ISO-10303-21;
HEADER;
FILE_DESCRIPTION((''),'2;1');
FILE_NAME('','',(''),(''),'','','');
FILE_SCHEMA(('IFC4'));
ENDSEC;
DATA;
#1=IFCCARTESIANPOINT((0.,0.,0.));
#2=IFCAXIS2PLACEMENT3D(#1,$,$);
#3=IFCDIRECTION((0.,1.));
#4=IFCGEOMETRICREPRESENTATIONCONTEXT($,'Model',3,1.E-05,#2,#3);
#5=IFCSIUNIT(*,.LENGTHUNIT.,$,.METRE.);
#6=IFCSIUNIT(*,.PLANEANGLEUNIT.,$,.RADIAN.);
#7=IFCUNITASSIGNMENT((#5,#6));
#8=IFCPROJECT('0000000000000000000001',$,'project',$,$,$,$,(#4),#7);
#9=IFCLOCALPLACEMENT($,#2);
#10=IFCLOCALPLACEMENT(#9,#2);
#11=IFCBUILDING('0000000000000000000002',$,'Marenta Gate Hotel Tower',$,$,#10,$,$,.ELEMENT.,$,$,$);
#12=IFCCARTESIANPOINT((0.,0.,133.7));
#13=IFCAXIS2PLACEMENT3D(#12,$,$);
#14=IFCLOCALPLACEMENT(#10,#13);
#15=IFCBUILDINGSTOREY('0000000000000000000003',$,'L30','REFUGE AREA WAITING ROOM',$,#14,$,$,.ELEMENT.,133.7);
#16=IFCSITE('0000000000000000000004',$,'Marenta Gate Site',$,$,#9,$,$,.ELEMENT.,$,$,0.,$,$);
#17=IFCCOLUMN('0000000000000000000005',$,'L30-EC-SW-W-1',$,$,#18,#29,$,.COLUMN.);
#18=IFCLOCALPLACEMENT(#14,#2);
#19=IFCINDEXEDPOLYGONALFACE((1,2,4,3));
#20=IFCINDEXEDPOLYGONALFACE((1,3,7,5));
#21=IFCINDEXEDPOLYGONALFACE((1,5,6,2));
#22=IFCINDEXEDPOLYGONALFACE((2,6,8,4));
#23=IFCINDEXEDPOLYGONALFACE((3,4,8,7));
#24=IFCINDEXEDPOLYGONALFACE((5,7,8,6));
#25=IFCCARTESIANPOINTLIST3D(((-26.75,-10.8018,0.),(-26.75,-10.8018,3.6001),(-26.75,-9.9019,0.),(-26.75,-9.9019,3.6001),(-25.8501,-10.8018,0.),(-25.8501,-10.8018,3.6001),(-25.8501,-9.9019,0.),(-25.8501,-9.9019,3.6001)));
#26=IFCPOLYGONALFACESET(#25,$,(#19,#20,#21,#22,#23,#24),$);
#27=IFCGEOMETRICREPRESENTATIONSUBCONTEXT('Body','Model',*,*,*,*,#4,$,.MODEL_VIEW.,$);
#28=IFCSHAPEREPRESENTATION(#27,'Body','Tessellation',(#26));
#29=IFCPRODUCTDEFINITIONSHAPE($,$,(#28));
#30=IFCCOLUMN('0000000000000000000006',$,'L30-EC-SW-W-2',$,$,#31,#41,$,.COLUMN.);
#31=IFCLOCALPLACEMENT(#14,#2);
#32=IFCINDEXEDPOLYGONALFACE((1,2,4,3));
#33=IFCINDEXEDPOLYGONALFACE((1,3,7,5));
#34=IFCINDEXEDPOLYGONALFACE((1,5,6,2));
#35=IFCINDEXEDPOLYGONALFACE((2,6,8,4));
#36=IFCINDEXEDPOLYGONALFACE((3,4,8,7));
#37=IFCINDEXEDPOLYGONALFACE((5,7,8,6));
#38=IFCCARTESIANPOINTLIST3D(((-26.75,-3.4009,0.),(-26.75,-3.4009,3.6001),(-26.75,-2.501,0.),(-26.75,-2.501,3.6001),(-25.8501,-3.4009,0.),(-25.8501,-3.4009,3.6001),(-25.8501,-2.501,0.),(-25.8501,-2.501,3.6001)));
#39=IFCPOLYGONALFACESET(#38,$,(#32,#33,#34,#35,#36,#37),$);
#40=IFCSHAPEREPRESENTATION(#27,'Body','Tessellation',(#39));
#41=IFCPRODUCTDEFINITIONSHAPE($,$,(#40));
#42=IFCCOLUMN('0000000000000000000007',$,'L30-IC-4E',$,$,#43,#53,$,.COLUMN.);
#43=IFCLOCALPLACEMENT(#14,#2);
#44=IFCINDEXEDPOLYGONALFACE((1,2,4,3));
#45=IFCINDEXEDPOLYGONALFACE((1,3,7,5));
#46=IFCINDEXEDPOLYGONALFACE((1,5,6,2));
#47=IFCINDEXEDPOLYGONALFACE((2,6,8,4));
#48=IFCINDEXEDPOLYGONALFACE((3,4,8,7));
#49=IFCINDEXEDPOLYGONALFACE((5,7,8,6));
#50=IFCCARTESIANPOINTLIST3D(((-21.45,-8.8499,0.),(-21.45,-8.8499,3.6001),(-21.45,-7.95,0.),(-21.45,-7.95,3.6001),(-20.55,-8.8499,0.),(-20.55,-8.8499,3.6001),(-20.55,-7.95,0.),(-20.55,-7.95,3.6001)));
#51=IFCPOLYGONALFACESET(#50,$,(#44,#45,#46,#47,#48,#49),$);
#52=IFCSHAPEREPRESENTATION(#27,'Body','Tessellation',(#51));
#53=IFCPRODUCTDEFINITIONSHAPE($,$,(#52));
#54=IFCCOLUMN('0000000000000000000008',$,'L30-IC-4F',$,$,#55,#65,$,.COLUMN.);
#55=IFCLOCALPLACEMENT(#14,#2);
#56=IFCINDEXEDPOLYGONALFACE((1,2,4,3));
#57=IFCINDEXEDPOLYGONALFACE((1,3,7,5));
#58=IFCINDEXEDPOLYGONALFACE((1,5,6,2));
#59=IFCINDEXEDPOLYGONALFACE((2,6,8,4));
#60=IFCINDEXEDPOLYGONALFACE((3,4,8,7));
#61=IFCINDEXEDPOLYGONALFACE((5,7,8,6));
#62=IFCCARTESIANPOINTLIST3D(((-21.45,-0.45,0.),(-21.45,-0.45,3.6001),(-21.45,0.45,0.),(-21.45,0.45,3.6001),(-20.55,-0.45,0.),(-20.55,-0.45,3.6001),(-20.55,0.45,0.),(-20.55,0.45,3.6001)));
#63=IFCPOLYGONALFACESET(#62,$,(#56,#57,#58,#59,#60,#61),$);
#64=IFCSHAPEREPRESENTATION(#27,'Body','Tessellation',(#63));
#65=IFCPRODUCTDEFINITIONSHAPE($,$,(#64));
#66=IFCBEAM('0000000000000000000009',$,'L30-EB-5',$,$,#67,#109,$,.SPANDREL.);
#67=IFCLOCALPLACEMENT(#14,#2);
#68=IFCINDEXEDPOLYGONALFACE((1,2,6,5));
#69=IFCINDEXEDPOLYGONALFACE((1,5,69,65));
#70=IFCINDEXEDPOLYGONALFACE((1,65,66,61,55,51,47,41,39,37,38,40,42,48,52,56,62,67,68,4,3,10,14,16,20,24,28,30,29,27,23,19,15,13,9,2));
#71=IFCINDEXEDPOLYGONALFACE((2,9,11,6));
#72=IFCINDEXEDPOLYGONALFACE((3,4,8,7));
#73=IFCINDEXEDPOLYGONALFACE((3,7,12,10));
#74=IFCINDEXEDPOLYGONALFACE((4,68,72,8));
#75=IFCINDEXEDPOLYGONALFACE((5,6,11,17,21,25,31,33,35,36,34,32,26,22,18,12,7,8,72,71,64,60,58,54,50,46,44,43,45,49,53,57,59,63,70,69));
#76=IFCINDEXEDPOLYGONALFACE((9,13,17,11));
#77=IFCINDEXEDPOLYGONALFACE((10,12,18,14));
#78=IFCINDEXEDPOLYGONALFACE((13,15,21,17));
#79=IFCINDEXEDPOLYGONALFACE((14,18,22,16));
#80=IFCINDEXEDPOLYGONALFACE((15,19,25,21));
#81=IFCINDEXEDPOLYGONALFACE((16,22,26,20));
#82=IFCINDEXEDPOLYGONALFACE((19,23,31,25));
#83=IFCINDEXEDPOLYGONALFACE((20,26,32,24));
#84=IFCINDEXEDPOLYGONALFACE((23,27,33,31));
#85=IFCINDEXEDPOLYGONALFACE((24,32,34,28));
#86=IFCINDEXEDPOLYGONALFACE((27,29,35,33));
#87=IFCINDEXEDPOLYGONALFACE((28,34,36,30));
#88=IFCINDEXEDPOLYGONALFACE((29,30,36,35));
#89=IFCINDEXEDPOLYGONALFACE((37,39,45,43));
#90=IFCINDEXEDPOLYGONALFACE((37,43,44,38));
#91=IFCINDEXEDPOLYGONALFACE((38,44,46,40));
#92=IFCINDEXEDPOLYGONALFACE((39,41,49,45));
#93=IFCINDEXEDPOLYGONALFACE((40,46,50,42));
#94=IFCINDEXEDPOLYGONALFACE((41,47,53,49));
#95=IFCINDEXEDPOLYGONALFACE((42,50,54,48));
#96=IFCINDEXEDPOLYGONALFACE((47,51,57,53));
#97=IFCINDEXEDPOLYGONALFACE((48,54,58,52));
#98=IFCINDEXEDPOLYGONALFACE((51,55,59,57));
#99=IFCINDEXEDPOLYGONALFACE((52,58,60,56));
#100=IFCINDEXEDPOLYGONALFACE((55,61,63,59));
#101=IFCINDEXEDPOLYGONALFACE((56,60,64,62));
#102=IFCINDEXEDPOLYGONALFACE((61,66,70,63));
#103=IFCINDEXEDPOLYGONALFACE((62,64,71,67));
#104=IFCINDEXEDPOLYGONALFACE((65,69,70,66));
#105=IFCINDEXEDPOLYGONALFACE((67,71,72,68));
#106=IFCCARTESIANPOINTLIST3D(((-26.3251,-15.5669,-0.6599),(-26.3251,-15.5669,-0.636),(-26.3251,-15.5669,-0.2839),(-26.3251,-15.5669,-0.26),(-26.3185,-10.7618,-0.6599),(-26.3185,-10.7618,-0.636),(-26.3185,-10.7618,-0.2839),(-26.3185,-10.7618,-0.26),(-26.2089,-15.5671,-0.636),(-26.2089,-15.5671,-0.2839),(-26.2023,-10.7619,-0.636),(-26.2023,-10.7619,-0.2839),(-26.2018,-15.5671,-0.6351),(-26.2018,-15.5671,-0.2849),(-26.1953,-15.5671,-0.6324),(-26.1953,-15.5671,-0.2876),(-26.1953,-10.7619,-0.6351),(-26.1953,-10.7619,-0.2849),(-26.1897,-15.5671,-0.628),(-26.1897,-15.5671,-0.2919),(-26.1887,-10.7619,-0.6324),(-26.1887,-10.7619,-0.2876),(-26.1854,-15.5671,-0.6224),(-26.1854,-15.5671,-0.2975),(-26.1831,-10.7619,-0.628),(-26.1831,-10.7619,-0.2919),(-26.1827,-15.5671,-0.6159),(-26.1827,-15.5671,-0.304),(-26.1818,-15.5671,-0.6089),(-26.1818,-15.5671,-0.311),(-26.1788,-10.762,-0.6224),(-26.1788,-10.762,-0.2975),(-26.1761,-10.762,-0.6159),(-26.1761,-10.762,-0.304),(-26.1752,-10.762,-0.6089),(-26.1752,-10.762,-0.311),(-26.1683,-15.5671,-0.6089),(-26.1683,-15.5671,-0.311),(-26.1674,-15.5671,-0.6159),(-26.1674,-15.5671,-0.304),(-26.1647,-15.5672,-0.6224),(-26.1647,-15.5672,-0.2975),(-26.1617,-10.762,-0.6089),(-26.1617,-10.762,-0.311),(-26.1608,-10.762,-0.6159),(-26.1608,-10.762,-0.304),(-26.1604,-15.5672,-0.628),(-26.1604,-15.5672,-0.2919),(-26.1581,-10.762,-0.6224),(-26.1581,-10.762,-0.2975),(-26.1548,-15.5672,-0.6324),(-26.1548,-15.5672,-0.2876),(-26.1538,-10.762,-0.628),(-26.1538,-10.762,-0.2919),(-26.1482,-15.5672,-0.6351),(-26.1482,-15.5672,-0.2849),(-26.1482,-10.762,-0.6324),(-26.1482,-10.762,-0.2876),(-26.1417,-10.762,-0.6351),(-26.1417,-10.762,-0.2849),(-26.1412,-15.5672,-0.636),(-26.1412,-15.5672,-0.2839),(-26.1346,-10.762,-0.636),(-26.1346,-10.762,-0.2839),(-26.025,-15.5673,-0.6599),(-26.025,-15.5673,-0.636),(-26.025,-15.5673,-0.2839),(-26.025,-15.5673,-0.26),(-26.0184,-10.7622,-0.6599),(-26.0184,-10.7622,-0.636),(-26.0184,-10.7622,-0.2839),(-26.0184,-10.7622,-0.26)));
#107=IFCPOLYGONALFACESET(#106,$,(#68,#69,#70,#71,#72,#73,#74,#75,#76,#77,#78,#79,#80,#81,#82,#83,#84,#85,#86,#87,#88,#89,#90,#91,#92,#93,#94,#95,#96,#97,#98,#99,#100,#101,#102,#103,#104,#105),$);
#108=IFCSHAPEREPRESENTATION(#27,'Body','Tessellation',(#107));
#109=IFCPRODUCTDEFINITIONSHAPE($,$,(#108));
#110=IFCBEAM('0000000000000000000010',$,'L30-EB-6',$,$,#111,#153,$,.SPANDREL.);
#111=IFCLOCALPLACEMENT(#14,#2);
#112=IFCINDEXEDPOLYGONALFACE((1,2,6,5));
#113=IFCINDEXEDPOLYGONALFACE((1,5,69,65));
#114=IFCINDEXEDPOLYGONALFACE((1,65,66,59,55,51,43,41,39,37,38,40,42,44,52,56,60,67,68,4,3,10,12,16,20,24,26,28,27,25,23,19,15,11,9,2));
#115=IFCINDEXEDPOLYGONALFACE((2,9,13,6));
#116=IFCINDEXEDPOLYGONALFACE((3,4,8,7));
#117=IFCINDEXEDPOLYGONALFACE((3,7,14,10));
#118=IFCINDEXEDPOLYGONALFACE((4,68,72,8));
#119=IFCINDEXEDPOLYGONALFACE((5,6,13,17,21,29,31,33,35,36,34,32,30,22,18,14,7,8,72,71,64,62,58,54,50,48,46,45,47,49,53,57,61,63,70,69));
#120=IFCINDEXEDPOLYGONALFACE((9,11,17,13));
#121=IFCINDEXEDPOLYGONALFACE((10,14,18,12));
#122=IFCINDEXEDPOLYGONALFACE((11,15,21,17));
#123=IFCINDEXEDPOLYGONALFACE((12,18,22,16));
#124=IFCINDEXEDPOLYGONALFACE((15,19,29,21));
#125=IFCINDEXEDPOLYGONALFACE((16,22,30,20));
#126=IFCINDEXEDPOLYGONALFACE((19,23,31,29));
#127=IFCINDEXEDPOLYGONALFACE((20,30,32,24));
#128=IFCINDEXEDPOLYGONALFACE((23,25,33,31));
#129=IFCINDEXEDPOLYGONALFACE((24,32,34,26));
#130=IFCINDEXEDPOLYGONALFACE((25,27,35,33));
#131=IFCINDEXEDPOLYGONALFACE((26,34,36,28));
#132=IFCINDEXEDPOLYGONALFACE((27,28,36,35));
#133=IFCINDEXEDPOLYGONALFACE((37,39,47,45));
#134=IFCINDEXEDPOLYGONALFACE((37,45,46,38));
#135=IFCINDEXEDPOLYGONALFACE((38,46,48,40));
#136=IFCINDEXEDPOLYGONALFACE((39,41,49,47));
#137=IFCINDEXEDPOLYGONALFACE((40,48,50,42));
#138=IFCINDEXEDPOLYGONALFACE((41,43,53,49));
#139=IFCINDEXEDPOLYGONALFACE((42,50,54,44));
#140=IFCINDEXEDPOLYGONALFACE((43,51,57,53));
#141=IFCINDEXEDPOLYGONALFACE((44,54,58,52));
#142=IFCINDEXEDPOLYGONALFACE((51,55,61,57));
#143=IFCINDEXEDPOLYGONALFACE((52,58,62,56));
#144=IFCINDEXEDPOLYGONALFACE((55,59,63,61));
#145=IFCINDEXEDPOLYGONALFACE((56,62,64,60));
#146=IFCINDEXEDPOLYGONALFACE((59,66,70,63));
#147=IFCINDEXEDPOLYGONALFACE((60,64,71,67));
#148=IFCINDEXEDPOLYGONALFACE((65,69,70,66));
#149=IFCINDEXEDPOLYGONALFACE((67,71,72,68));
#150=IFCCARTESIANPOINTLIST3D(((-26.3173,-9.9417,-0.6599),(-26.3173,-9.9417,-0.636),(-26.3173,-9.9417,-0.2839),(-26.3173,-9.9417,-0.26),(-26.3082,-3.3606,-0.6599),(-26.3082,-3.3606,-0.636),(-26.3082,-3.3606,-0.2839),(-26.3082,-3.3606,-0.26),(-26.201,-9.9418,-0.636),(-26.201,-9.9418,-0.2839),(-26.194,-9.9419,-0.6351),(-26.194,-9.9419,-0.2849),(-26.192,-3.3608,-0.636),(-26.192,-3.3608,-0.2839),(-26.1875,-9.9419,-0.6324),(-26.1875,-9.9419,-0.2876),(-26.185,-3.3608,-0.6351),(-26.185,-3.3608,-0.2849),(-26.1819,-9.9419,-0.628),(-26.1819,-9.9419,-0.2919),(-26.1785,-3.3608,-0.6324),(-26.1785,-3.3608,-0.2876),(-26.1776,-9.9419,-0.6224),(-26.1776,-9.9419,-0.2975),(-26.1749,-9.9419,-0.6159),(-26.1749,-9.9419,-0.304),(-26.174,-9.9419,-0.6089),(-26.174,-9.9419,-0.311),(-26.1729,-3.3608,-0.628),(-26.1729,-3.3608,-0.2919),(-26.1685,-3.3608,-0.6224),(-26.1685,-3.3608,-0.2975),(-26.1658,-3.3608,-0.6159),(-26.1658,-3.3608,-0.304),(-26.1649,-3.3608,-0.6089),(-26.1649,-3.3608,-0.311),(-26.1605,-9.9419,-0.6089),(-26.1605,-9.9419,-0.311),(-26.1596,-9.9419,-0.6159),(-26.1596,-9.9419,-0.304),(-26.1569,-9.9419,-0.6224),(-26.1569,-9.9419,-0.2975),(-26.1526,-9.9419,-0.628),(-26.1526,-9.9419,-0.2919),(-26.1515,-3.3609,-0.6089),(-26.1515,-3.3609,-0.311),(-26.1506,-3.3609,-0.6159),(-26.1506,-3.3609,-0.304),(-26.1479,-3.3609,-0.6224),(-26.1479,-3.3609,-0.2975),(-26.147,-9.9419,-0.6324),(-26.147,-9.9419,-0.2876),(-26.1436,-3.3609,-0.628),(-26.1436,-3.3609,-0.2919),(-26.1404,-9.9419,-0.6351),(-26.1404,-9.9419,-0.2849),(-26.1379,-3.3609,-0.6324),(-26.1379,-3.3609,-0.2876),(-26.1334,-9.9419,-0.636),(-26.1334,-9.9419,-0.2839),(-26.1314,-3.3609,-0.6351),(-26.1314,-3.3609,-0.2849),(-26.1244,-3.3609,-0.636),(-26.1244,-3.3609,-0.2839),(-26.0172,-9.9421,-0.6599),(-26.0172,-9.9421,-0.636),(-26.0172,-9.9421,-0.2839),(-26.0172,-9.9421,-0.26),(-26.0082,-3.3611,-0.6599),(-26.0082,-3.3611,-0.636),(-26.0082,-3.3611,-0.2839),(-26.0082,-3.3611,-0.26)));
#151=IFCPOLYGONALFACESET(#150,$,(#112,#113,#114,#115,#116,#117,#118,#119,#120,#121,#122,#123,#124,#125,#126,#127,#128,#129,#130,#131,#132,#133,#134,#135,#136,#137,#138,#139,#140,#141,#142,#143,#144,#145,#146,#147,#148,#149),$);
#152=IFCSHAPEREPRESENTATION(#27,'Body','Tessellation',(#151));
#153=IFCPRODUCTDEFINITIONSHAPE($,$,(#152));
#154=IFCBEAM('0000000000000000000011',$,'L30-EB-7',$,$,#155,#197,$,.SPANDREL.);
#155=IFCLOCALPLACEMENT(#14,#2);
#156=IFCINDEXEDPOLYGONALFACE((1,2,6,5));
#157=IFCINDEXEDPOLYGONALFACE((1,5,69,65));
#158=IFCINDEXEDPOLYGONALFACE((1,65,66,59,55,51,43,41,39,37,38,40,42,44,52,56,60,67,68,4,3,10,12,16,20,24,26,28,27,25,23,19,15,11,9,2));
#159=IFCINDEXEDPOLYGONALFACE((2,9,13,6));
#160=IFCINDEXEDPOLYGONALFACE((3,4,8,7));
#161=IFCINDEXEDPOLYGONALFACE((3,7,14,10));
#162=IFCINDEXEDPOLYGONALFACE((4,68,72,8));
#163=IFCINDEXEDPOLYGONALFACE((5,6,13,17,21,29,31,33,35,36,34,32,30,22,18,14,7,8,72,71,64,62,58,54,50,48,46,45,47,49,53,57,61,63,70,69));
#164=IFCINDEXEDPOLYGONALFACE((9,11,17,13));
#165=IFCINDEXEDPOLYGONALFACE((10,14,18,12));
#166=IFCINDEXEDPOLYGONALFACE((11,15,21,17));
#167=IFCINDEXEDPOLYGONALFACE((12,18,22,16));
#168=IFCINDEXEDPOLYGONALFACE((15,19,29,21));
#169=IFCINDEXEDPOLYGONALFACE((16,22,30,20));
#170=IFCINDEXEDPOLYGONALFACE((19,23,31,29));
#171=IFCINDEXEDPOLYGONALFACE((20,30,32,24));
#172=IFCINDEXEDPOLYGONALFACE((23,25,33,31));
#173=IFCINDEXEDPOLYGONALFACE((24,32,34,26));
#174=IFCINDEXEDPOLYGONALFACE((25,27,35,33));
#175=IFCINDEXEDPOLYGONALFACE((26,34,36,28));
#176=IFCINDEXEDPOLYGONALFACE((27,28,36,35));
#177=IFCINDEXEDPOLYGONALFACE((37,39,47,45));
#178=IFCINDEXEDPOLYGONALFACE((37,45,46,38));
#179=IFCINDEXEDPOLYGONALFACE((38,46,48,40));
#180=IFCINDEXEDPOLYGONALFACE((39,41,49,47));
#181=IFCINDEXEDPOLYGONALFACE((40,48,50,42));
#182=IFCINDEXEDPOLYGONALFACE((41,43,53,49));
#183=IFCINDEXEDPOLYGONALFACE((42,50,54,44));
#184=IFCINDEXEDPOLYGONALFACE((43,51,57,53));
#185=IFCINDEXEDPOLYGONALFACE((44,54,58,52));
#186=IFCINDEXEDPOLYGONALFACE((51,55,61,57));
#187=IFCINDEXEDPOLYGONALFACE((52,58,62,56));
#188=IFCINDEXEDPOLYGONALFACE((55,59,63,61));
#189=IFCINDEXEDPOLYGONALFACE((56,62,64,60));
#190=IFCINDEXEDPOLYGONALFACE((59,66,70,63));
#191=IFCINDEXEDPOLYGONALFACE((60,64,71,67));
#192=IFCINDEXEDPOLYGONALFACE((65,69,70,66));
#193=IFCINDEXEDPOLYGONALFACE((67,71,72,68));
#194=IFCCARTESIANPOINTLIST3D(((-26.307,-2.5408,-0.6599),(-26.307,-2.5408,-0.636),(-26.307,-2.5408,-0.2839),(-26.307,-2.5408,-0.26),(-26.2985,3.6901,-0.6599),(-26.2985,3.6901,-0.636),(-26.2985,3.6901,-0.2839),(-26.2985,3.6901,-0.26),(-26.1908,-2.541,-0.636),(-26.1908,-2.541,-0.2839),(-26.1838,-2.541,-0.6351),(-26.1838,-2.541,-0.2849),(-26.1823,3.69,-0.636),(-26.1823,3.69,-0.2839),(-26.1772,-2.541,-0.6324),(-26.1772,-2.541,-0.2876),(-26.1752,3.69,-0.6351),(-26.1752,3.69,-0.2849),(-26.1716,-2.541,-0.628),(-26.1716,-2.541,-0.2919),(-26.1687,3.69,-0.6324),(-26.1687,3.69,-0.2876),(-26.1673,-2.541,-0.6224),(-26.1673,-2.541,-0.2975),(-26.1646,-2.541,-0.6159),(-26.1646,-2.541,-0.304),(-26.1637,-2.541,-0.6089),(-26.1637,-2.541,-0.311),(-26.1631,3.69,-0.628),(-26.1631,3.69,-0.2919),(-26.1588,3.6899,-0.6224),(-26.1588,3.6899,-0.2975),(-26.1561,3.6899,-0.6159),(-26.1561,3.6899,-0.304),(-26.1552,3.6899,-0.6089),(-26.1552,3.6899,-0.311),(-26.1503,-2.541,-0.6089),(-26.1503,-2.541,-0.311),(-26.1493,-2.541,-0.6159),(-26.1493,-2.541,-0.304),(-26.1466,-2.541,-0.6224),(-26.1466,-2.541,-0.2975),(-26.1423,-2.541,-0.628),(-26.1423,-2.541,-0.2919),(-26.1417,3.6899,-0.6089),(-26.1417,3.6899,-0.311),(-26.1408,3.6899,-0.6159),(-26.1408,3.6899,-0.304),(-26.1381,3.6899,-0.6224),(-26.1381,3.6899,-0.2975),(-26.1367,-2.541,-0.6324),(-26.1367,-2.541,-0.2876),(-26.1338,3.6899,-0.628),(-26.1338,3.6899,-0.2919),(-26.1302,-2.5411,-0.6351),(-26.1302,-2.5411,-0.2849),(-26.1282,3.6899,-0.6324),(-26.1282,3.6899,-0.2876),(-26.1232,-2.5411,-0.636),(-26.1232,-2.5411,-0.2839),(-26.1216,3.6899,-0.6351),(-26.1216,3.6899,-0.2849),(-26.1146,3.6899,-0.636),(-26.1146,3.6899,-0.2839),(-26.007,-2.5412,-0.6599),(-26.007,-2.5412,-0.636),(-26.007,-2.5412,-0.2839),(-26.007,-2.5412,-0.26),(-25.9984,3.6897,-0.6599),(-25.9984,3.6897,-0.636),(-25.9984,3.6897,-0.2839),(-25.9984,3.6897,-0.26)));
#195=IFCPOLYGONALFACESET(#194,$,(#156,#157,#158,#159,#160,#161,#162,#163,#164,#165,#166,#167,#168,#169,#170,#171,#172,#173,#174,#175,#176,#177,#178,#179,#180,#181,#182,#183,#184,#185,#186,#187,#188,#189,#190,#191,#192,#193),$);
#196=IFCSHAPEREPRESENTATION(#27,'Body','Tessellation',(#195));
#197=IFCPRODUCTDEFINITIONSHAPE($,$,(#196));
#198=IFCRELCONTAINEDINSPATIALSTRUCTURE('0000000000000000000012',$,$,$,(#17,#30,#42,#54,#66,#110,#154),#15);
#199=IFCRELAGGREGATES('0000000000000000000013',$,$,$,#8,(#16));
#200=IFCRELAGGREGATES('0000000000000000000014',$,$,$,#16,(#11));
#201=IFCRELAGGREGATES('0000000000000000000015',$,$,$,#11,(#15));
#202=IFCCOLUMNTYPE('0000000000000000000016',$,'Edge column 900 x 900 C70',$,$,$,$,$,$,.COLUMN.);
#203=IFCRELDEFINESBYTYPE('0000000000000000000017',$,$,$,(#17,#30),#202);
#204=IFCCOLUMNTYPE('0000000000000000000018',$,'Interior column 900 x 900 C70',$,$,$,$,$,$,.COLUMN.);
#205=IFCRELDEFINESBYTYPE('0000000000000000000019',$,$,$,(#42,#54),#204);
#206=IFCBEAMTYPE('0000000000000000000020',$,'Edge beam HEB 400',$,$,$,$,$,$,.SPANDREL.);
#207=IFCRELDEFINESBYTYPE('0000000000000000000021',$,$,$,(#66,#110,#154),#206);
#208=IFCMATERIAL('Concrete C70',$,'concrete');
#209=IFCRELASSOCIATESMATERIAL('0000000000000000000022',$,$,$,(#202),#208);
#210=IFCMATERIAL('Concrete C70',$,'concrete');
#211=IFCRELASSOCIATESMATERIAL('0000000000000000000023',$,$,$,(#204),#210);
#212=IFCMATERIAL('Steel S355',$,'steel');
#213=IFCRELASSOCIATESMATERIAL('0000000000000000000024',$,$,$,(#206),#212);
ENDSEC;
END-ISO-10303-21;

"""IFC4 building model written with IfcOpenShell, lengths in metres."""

from ifc_helpers import new_model, si_unit, direction, frame, origin, origin_2d, place, context, subcontext, project, spatial, rectangle, i_section, extrude, material, material_profile, profile_set, type_object, element, save


model = new_model("IFC4")

# Units and contexts
model_context = context("Model", 3, precision=1e-05, world=origin(), true_north=direction((0.0, 1.0)))
body_context = subcontext(model_context, "Body", "Model", "MODEL_VIEW")
ifc_project = project(units=[si_unit("LENGTHUNIT", "METRE"), si_unit("PLANEANGLEUNIT", "RADIAN")], contexts=[model_context])

# Site, building, storey
site_placement = place(None, origin())
site = spatial("IfcSite", under=ifc_project, at=site_placement, Name="Marenta Gate Site", CompositionType="ELEMENT", RefElevation=0.0)
building_placement = place(site_placement, origin())
building = spatial("IfcBuilding", under=site, at=building_placement, Name="Marenta Gate Hotel Tower", CompositionType="ELEMENT")
storey_placement = place(building_placement, frame((0.0, 0.0, 133.7)))
storey = spatial("IfcBuildingStorey", under=building, at=storey_placement, Name="L30", Description="REFUGE AREA WAITING ROOM", CompositionType="ELEMENT", Elevation=133.7)

# Columns
ifc_material_1 = material(Name="Concrete C70", Category="concrete")
ifc_material_profile_1 = material_profile(ifc_material_1, rectangle(XDim=0.8999, YDim=0.8999, at=origin_2d()), Name="900 x 900")
ifc_profile_set_1 = profile_set([ifc_material_profile_1], Name="Concrete C70")
column_type_1 = type_object("IfcColumnType", Name="Edge column 900 x 900 C70", PredefinedType="COLUMN", material=ifc_profile_set_1)
for number, where, z_axis, x_axis, name in (
    (1, (-26.3, -10.3518, 0.0), (0.0, 0.0, 1.0), (1.0, 0.0, 0.0), "L30-EC-SW-W-1"),
    (2, (-26.3, -2.9509, 0.0), (0.0, 0.0, 1.0), (1.0, 0.0, 0.0), "L30-EC-SW-W-2"),
):
    element("IfcColumn", number, at=place(storey_placement, frame(where, z_axis=z_axis, x_axis=x_axis)), inside=storey, type_object=column_type_1, Name=name, PredefinedType="COLUMN", context=body_context, shape_type="SweptSolid", body=[
        extrude(rectangle(XDim=0.8999, YDim=0.8999, at=origin_2d()), origin(), (0.0, 0.0, 1.0), 3.6001),
    ])
ifc_material_2 = material(Name="Concrete C70", Category="concrete")
ifc_material_profile_2 = material_profile(ifc_material_2, rectangle(XDim=0.8999, YDim=0.8999, at=origin_2d()), Name="900 x 900")
ifc_profile_set_2 = profile_set([ifc_material_profile_2], Name="Concrete C70")
column_type_2 = type_object("IfcColumnType", Name="Interior column 900 x 900 C70", PredefinedType="COLUMN", material=ifc_profile_set_2)
for number, where, z_axis, x_axis, name in (
    (3, (-21.0, -8.3999, 0.0), (0.0, 0.0, 1.0), (1.0, 0.0, 0.0), "L30-IC-4E"),
    (4, (-21.0, 0.0, 0.0), (0.0, 0.0, 1.0), (1.0, 0.0, 0.0), "L30-IC-4F"),
):
    element("IfcColumn", number, at=place(storey_placement, frame(where, z_axis=z_axis, x_axis=x_axis)), inside=storey, type_object=column_type_2, Name=name, PredefinedType="COLUMN", context=body_context, shape_type="SweptSolid", body=[
        extrude(rectangle(XDim=0.8999, YDim=0.8999, at=origin_2d()), origin(), (0.0, 0.0, 1.0), 3.6001),
    ])

# Beams
ifc_material_3 = material(Name="Steel S355", Category="steel")
ifc_material_profile_3 = material_profile(ifc_material_3, i_section(OverallWidth=0.3, OverallDepth=0.3999, WebThickness=0.0134, FlangeThickness=0.0239, FilletRadius=0.0271, at=origin_2d()), Name="HEB 400")
ifc_profile_set_3 = profile_set([ifc_material_profile_3], Name="Steel S355")
beam_type_1 = type_object("IfcBeamType", Name="Edge beam HEB 400", PredefinedType="SPANDREL", material=ifc_profile_set_3)
beam_1_placement = place(storey_placement, frame((-26.175, -15.5671, -0.46), z_axis=(0.001372, 0.999999, 0.0), x_axis=(-0.999999, 0.001372, 0.0)))
element("IfcBeam", 5, at=beam_1_placement, inside=storey, type_object=beam_type_1, Name="L30-EB-5", PredefinedType="SPANDREL", context=body_context, shape_type="SweptSolid", body=[
    extrude(i_section(OverallWidth=0.3, OverallDepth=0.3999, WebThickness=0.0134, FlangeThickness=0.0239, FilletRadius=0.0271, at=origin_2d()), origin(), (0.0, 0.0, 1.0), 4.8052),
])
beam_2_placement = place(storey_placement, frame((-26.1672, -9.9419, -0.46), z_axis=(0.001373, 0.999999, 0.0), x_axis=(-0.999999, 0.001373, 0.0)))
element("IfcBeam", 6, at=beam_2_placement, inside=storey, type_object=beam_type_1, Name="L30-EB-6", PredefinedType="SPANDREL", context=body_context, shape_type="SweptSolid", body=[
    extrude(i_section(OverallWidth=0.3, OverallDepth=0.3999, WebThickness=0.0134, FlangeThickness=0.0239, FilletRadius=0.0271, at=origin_2d()), origin(), (0.0, 0.0, 1.0), 6.5811),
])
beam_3_placement = place(storey_placement, frame((-26.157, -2.541, -0.46), z_axis=(0.001371, 0.999999, 0.0), x_axis=(-0.999999, 0.001371, 0.0)))
element("IfcBeam", 7, at=beam_3_placement, inside=storey, type_object=beam_type_1, Name="L30-EB-7", PredefinedType="SPANDREL", context=body_context, shape_type="SweptSolid", body=[
    extrude(i_section(OverallWidth=0.3, OverallDepth=0.3999, WebThickness=0.0134, FlangeThickness=0.0239, FilletRadius=0.0271, at=origin_2d()), origin(), (0.0, 0.0, 1.0), 6.231),
])

save(model, "model.ifc")
